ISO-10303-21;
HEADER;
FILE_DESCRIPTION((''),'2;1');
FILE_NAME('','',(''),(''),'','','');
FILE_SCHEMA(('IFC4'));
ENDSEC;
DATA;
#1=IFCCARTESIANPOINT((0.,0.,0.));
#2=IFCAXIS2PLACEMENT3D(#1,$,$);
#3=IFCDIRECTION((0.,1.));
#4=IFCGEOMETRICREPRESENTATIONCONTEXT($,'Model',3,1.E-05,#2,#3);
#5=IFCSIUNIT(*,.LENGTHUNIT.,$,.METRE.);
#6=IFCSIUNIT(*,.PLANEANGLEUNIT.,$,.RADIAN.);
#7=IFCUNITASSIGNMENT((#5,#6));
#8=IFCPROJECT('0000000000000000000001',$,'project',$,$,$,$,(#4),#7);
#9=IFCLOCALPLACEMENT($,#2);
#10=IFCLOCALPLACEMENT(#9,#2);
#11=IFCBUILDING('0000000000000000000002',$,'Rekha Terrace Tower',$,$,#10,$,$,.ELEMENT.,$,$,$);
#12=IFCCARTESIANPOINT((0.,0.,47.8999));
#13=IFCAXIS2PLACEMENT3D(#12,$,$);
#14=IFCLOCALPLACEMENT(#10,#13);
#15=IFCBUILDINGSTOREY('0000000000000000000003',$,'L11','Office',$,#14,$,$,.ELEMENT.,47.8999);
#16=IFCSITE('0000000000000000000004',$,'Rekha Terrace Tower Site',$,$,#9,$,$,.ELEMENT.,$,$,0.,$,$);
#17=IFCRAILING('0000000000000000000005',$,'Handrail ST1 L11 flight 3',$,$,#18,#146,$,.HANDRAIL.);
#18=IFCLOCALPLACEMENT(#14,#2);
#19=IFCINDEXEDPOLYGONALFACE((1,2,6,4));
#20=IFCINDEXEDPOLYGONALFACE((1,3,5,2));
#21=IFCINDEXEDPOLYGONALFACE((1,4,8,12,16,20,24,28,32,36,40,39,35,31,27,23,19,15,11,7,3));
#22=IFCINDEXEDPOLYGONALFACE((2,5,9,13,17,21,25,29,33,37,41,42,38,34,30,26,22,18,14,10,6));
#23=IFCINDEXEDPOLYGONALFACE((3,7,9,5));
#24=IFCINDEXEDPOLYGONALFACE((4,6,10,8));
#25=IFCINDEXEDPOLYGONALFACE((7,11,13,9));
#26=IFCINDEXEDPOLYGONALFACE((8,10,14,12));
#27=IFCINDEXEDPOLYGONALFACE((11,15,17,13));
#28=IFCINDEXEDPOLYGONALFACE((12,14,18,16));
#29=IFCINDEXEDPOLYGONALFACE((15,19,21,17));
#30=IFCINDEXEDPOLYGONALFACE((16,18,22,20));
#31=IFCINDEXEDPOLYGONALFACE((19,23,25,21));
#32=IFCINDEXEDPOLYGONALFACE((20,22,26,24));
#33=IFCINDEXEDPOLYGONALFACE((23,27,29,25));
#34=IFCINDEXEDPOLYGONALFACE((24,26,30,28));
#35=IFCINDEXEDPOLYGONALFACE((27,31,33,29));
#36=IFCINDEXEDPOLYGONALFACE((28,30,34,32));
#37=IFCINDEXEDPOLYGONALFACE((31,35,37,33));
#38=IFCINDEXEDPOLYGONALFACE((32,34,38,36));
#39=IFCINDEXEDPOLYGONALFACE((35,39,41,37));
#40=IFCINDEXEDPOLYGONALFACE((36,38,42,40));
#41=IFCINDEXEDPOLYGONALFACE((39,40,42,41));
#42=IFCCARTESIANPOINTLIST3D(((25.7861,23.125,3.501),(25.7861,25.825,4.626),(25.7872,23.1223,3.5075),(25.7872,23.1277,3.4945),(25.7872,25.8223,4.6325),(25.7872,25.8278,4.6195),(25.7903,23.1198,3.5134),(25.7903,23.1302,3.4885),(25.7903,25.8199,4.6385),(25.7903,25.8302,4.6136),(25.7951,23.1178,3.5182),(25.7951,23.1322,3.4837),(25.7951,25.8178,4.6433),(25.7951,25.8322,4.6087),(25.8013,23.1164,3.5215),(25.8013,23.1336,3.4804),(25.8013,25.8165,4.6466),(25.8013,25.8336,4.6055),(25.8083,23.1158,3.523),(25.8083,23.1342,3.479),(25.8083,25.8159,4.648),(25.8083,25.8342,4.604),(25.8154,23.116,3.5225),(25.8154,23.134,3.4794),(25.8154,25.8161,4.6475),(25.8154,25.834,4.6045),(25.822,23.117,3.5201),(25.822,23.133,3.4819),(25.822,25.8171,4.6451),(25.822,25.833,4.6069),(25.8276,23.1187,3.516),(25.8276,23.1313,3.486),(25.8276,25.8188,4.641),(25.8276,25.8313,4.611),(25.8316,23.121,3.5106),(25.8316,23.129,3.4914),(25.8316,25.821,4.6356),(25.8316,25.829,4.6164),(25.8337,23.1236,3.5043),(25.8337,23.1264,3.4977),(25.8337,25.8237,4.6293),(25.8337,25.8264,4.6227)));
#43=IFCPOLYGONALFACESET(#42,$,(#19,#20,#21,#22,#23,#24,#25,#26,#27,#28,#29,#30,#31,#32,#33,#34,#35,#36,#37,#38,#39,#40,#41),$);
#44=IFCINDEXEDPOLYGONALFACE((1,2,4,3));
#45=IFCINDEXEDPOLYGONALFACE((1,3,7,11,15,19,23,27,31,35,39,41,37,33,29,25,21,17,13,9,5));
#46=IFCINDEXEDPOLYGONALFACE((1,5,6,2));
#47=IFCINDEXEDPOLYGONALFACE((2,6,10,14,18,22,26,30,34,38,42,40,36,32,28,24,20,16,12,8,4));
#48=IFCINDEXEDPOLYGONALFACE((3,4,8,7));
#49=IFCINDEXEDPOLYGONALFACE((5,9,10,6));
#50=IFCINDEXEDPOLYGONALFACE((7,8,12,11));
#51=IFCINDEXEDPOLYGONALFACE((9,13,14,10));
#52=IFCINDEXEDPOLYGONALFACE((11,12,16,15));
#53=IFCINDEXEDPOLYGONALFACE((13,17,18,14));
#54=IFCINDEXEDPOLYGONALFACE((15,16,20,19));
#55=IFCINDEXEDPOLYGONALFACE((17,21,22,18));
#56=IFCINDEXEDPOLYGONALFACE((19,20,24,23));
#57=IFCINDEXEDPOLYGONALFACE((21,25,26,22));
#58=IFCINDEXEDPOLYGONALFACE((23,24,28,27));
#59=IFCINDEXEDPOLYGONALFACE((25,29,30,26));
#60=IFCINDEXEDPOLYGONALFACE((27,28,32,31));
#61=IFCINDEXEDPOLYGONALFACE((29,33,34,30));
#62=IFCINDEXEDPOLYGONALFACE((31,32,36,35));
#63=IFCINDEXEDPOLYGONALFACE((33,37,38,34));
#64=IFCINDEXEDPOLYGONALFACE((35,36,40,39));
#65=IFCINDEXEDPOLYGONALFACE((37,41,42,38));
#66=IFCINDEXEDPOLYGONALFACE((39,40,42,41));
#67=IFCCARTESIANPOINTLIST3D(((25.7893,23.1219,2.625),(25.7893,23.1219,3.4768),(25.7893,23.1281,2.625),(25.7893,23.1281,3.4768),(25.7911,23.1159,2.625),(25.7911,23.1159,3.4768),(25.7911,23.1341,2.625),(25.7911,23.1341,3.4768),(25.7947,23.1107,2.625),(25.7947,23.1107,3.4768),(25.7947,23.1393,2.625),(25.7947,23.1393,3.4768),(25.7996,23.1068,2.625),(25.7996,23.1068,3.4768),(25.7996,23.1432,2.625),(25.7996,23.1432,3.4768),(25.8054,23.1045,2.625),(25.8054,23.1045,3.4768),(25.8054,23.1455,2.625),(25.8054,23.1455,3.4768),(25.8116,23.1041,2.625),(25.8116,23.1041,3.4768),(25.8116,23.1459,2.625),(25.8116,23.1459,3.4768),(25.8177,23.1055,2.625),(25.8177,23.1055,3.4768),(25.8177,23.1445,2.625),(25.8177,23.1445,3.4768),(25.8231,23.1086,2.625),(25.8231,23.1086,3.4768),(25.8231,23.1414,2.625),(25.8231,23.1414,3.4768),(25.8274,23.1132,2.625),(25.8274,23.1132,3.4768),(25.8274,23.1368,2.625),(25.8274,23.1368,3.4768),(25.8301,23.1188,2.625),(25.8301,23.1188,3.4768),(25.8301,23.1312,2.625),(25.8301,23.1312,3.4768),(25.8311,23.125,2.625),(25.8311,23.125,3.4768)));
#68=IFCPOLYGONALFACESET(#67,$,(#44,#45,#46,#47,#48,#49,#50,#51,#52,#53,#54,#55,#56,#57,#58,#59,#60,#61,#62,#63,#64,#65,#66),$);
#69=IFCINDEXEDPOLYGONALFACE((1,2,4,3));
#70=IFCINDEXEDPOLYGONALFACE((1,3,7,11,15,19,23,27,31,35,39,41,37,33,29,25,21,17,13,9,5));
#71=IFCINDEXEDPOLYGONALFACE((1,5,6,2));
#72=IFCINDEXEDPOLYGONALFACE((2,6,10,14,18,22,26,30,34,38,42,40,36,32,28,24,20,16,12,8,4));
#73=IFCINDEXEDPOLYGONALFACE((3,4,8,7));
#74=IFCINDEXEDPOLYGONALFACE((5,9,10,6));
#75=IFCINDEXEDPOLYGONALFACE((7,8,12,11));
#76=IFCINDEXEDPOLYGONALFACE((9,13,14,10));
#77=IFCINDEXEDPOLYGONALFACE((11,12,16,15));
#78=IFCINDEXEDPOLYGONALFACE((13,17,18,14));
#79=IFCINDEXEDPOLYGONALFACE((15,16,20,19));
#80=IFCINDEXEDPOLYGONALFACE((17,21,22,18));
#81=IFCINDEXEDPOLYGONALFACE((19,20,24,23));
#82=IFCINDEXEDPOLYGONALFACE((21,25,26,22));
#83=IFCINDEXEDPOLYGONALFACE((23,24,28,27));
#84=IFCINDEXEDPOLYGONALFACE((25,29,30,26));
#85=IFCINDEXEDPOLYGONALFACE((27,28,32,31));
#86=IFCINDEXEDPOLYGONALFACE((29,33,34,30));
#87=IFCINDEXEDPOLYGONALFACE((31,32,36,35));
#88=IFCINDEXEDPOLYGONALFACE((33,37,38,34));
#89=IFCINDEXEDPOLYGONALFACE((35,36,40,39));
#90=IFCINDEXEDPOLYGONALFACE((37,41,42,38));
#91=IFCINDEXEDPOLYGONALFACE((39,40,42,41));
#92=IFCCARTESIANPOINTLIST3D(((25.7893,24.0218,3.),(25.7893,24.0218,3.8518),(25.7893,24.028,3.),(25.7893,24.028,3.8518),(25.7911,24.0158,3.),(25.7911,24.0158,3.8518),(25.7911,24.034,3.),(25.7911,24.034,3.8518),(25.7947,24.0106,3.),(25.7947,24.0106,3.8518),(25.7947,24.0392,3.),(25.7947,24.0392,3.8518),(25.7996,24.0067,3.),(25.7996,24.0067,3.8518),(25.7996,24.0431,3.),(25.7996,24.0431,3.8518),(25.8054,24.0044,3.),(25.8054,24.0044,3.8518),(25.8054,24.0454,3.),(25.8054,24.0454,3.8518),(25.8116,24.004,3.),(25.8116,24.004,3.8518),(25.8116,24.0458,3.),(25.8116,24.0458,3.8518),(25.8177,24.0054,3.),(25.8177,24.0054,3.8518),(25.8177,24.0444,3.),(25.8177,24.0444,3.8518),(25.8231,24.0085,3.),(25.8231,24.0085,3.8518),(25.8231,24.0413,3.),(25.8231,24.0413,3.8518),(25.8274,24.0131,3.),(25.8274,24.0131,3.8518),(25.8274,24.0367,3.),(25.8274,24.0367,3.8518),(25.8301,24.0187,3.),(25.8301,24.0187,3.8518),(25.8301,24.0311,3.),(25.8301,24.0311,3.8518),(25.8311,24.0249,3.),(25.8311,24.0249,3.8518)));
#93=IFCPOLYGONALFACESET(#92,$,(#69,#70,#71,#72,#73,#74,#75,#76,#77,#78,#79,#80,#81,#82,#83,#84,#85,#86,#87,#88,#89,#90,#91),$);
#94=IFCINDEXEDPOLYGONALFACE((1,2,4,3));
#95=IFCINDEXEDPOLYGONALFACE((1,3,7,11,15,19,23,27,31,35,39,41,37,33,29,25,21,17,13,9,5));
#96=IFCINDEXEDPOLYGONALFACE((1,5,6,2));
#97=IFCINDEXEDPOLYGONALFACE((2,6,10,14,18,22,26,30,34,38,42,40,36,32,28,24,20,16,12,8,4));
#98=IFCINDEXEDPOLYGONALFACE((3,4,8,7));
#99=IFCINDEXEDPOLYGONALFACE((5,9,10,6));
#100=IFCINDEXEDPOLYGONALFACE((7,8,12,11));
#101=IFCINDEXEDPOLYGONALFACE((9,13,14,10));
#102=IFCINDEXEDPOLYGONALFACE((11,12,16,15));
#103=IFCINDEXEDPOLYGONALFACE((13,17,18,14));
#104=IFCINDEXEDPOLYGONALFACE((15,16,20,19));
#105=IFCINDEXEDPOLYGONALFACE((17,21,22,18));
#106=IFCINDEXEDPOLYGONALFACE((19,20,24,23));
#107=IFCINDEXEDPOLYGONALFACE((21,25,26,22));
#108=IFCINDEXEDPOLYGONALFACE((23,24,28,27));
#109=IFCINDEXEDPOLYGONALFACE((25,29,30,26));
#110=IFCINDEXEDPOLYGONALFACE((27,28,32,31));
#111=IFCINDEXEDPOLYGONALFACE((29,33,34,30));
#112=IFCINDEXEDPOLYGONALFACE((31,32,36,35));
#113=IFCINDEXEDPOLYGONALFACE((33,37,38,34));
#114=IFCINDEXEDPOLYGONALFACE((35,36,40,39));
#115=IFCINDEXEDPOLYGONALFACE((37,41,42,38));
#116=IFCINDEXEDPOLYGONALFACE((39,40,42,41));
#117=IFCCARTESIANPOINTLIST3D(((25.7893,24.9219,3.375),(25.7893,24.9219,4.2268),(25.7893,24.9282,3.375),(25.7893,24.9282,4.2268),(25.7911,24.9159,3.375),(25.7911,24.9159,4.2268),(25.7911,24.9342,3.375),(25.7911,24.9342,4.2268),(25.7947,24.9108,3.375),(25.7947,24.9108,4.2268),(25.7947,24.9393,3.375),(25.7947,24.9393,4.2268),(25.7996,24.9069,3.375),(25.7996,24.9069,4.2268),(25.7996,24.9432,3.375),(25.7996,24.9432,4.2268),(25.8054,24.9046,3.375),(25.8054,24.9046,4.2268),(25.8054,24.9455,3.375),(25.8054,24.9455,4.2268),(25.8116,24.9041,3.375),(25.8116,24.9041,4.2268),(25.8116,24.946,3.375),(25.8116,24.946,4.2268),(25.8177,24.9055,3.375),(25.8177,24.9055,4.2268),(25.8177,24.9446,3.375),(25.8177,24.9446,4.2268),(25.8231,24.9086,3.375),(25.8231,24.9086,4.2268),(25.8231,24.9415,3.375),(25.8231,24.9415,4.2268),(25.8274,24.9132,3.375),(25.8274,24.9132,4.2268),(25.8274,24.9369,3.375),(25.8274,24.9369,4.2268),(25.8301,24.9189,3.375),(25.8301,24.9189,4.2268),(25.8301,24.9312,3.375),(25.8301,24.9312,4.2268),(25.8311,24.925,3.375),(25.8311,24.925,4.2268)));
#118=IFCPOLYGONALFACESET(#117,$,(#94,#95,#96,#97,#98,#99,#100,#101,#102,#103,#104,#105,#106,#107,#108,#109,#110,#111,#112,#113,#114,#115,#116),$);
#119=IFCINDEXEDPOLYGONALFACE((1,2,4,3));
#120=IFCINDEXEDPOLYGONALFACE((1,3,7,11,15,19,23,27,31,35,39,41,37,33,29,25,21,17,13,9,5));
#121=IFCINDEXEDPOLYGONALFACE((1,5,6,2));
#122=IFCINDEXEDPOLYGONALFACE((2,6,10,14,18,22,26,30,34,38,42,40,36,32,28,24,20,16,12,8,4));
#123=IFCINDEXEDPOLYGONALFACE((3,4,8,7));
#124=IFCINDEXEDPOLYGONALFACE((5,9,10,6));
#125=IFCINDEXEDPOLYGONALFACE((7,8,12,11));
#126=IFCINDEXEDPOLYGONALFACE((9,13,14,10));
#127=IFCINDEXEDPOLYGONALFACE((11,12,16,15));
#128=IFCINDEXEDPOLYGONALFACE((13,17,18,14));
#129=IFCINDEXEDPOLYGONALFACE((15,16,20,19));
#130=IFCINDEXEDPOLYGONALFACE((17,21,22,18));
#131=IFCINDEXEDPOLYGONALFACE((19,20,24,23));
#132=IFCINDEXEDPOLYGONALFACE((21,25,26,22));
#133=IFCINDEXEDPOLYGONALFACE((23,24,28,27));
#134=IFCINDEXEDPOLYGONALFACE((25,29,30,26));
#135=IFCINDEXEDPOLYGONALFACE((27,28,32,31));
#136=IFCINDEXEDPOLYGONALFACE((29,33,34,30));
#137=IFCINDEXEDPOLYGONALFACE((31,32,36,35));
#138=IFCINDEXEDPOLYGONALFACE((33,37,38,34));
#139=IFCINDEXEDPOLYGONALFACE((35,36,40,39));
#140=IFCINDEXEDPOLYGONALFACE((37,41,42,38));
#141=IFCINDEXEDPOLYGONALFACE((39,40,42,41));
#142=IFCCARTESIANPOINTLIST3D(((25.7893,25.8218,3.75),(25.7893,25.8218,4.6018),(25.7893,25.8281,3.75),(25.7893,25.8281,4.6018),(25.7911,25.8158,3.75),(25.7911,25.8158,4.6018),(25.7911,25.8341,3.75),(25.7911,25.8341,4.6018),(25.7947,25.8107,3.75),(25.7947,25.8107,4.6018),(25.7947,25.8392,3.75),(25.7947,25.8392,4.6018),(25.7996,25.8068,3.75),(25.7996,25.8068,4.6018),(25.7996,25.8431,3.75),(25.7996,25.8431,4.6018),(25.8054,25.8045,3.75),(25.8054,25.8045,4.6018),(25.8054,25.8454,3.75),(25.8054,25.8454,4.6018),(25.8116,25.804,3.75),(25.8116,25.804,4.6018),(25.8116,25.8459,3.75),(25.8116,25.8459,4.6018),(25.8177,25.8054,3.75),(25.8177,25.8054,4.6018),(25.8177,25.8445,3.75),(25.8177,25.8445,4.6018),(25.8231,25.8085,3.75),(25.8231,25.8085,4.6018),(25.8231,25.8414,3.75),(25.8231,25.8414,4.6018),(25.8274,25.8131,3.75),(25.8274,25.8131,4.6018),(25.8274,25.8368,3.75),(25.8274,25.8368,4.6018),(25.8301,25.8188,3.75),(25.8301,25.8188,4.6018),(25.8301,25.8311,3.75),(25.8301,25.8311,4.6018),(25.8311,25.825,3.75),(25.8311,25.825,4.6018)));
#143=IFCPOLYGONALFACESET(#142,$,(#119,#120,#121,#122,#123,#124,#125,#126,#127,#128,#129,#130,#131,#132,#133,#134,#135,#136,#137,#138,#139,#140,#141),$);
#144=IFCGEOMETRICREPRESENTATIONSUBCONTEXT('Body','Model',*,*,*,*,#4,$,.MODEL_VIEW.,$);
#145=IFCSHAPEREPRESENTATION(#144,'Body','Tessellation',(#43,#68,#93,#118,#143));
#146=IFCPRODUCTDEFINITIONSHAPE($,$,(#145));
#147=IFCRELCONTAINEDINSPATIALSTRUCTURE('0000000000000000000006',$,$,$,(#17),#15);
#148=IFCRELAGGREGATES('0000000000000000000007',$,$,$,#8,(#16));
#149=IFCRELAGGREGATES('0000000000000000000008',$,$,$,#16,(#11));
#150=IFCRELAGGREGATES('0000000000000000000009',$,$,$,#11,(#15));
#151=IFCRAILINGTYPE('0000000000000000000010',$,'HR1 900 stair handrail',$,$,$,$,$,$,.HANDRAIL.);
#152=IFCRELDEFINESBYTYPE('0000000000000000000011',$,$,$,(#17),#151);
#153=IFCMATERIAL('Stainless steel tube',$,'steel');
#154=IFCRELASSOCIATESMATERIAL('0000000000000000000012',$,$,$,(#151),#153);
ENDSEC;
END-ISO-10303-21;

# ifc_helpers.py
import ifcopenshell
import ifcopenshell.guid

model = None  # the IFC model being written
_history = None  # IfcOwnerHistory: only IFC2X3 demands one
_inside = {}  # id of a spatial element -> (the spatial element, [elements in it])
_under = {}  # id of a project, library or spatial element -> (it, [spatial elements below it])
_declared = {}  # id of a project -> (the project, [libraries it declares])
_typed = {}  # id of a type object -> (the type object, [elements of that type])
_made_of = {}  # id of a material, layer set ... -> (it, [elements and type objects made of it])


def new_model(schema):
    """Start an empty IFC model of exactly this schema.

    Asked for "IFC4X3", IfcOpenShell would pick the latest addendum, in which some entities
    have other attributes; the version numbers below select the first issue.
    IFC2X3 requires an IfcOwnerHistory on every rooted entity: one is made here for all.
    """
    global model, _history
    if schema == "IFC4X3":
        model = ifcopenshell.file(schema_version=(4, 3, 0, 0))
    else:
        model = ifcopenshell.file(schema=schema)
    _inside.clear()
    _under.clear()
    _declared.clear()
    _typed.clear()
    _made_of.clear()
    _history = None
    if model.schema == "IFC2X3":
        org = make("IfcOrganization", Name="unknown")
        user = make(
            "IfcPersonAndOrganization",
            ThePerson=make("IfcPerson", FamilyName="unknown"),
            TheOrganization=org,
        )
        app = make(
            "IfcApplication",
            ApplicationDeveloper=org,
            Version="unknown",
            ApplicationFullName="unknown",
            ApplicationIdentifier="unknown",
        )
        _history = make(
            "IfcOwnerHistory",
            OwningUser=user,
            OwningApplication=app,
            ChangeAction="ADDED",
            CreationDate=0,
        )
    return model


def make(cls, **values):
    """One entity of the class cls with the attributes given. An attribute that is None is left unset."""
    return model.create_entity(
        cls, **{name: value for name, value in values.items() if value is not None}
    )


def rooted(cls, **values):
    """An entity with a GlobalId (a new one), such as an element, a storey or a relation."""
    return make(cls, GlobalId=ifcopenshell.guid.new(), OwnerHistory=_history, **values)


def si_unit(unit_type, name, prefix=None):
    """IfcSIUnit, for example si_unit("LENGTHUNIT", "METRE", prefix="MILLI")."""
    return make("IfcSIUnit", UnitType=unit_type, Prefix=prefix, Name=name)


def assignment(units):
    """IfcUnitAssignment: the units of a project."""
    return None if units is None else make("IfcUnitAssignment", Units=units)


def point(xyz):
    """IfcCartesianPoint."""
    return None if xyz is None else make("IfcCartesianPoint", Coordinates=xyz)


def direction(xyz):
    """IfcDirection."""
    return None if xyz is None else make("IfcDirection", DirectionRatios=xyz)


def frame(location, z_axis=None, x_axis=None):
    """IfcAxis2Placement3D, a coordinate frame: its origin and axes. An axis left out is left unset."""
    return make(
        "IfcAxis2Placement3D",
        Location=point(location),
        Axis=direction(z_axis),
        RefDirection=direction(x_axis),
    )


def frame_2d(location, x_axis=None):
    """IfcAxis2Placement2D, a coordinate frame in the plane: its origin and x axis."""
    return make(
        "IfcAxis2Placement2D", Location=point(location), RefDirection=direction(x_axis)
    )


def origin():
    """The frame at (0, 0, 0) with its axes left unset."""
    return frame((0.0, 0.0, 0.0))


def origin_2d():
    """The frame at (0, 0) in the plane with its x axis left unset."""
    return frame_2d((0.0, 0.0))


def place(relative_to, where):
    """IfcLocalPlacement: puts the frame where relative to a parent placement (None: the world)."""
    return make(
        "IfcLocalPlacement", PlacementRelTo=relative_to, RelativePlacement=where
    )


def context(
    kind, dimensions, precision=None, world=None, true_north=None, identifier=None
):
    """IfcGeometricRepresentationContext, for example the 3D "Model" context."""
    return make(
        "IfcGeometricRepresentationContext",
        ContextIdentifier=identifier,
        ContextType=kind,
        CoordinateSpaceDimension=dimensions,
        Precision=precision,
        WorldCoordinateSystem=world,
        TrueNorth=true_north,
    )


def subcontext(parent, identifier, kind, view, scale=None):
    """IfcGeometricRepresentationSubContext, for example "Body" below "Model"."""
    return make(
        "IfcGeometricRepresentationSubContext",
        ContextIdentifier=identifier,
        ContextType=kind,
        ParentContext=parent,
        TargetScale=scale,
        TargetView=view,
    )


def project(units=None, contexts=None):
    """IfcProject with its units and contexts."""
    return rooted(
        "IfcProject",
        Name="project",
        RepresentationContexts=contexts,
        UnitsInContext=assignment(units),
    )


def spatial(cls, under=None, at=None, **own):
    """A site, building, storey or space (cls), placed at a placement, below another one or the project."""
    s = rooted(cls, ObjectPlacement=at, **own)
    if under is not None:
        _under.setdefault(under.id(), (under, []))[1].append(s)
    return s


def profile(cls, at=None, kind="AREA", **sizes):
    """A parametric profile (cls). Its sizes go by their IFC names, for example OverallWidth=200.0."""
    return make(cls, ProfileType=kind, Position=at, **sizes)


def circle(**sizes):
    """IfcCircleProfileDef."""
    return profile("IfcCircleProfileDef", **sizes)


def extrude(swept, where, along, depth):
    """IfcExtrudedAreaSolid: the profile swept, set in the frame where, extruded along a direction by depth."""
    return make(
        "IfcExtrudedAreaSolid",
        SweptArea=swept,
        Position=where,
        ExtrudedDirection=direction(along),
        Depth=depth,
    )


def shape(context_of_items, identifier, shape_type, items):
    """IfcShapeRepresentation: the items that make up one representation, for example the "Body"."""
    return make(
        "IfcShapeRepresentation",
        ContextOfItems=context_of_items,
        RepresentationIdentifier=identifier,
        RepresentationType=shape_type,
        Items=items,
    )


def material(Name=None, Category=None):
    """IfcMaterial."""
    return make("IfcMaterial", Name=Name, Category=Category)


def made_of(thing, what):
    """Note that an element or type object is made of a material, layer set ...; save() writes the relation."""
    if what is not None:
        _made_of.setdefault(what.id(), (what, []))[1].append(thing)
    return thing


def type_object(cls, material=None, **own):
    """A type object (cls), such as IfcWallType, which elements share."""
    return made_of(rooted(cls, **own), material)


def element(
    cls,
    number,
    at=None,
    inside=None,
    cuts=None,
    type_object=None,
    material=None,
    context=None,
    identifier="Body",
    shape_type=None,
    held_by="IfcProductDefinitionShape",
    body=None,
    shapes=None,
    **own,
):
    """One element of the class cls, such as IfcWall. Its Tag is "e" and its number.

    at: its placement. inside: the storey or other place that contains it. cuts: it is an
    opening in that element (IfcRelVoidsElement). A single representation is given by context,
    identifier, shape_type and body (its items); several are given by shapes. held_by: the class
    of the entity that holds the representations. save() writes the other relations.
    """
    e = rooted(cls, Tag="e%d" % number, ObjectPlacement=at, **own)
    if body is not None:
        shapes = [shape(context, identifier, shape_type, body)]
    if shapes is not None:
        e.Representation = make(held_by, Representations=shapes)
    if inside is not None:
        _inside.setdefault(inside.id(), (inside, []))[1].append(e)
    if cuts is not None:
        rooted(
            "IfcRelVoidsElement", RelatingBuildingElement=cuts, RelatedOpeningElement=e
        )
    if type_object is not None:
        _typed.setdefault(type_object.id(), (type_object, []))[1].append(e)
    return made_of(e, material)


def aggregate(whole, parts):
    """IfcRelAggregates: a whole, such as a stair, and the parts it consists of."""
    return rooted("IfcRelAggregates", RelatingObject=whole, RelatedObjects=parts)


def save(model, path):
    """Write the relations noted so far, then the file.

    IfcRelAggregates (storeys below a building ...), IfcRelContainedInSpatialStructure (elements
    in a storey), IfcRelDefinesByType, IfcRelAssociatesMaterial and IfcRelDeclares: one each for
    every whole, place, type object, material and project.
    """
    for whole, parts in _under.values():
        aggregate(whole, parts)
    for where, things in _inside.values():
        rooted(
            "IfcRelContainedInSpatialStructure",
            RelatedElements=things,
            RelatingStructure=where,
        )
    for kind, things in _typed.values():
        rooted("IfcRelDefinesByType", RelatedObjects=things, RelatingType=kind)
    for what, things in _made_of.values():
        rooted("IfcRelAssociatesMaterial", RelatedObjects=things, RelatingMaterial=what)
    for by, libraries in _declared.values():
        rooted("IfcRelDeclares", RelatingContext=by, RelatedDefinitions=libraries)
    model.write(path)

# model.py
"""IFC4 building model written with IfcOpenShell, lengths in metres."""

from ifc_helpers import new_model, si_unit, direction, frame, origin, origin_2d, place, context, subcontext, project, spatial, circle, extrude, material, type_object, element, save


model = new_model("IFC4")

# Units and contexts
model_context = context("Model", 3, precision=1e-05, world=origin(), true_north=direction((0.0, 1.0)))
body_context = subcontext(model_context, "Body", "Model", "MODEL_VIEW")
ifc_project = project(units=[si_unit("LENGTHUNIT", "METRE"), si_unit("PLANEANGLEUNIT", "RADIAN")], contexts=[model_context])

# Site, building, storey
site_placement = place(None, origin())
site = spatial("IfcSite", under=ifc_project, at=site_placement, Name="Rekha Terrace Tower Site", CompositionType="ELEMENT", RefElevation=0.0)
building_placement = place(site_placement, origin())
building = spatial("IfcBuilding", under=site, at=building_placement, Name="Rekha Terrace Tower", CompositionType="ELEMENT")
storey_placement = place(building_placement, frame((0.0, 0.0, 47.8999)))
storey = spatial("IfcBuildingStorey", under=building, at=storey_placement, Name="L11", Description="Office", CompositionType="ELEMENT", Elevation=47.8999)

# Railing
ifc_material_1 = material(Name="Stainless steel tube", Category="steel")
railing_type_1 = type_object("IfcRailingType", Name="HR1 900 stair handrail", PredefinedType="HANDRAIL", material=ifc_material_1)
railing_1_placement = place(storey_placement, frame((25.8101, 23.125, 2.625)))
element("IfcRailing", 1, at=railing_1_placement, inside=storey, type_object=railing_type_1, Name="Handrail ST1 L11 flight 3", PredefinedType="HANDRAIL", context=body_context, shape_type="SweptSolid", body=[
    extrude(circle(Radius=0.0239, at=origin_2d()), frame((0.0, 0.0, 0.876), z_axis=(0.0, 0.923074, 0.384621), x_axis=(-1.0, 0.0, 0.0)), (0.0, 0.0, 1.0), 2.925),
    extrude(circle(Radius=0.021, at=origin_2d()), origin(), (0.0, 0.0, 1.0), 0.8518),
    extrude(circle(Radius=0.021, at=origin_2d()), frame((0.0, 0.8999, 0.375)), (0.0, 0.0, 1.0), 0.8518),
    extrude(circle(Radius=0.021, at=origin_2d()), frame((0.0, 1.8, 0.75)), (0.0, 0.0, 1.0), 0.8518),
    extrude(circle(Radius=0.021, at=origin_2d()), frame((0.0, 2.7, 1.125)), (0.0, 0.0, 1.0), 0.8518),
])

save(model, "model.ifc")
